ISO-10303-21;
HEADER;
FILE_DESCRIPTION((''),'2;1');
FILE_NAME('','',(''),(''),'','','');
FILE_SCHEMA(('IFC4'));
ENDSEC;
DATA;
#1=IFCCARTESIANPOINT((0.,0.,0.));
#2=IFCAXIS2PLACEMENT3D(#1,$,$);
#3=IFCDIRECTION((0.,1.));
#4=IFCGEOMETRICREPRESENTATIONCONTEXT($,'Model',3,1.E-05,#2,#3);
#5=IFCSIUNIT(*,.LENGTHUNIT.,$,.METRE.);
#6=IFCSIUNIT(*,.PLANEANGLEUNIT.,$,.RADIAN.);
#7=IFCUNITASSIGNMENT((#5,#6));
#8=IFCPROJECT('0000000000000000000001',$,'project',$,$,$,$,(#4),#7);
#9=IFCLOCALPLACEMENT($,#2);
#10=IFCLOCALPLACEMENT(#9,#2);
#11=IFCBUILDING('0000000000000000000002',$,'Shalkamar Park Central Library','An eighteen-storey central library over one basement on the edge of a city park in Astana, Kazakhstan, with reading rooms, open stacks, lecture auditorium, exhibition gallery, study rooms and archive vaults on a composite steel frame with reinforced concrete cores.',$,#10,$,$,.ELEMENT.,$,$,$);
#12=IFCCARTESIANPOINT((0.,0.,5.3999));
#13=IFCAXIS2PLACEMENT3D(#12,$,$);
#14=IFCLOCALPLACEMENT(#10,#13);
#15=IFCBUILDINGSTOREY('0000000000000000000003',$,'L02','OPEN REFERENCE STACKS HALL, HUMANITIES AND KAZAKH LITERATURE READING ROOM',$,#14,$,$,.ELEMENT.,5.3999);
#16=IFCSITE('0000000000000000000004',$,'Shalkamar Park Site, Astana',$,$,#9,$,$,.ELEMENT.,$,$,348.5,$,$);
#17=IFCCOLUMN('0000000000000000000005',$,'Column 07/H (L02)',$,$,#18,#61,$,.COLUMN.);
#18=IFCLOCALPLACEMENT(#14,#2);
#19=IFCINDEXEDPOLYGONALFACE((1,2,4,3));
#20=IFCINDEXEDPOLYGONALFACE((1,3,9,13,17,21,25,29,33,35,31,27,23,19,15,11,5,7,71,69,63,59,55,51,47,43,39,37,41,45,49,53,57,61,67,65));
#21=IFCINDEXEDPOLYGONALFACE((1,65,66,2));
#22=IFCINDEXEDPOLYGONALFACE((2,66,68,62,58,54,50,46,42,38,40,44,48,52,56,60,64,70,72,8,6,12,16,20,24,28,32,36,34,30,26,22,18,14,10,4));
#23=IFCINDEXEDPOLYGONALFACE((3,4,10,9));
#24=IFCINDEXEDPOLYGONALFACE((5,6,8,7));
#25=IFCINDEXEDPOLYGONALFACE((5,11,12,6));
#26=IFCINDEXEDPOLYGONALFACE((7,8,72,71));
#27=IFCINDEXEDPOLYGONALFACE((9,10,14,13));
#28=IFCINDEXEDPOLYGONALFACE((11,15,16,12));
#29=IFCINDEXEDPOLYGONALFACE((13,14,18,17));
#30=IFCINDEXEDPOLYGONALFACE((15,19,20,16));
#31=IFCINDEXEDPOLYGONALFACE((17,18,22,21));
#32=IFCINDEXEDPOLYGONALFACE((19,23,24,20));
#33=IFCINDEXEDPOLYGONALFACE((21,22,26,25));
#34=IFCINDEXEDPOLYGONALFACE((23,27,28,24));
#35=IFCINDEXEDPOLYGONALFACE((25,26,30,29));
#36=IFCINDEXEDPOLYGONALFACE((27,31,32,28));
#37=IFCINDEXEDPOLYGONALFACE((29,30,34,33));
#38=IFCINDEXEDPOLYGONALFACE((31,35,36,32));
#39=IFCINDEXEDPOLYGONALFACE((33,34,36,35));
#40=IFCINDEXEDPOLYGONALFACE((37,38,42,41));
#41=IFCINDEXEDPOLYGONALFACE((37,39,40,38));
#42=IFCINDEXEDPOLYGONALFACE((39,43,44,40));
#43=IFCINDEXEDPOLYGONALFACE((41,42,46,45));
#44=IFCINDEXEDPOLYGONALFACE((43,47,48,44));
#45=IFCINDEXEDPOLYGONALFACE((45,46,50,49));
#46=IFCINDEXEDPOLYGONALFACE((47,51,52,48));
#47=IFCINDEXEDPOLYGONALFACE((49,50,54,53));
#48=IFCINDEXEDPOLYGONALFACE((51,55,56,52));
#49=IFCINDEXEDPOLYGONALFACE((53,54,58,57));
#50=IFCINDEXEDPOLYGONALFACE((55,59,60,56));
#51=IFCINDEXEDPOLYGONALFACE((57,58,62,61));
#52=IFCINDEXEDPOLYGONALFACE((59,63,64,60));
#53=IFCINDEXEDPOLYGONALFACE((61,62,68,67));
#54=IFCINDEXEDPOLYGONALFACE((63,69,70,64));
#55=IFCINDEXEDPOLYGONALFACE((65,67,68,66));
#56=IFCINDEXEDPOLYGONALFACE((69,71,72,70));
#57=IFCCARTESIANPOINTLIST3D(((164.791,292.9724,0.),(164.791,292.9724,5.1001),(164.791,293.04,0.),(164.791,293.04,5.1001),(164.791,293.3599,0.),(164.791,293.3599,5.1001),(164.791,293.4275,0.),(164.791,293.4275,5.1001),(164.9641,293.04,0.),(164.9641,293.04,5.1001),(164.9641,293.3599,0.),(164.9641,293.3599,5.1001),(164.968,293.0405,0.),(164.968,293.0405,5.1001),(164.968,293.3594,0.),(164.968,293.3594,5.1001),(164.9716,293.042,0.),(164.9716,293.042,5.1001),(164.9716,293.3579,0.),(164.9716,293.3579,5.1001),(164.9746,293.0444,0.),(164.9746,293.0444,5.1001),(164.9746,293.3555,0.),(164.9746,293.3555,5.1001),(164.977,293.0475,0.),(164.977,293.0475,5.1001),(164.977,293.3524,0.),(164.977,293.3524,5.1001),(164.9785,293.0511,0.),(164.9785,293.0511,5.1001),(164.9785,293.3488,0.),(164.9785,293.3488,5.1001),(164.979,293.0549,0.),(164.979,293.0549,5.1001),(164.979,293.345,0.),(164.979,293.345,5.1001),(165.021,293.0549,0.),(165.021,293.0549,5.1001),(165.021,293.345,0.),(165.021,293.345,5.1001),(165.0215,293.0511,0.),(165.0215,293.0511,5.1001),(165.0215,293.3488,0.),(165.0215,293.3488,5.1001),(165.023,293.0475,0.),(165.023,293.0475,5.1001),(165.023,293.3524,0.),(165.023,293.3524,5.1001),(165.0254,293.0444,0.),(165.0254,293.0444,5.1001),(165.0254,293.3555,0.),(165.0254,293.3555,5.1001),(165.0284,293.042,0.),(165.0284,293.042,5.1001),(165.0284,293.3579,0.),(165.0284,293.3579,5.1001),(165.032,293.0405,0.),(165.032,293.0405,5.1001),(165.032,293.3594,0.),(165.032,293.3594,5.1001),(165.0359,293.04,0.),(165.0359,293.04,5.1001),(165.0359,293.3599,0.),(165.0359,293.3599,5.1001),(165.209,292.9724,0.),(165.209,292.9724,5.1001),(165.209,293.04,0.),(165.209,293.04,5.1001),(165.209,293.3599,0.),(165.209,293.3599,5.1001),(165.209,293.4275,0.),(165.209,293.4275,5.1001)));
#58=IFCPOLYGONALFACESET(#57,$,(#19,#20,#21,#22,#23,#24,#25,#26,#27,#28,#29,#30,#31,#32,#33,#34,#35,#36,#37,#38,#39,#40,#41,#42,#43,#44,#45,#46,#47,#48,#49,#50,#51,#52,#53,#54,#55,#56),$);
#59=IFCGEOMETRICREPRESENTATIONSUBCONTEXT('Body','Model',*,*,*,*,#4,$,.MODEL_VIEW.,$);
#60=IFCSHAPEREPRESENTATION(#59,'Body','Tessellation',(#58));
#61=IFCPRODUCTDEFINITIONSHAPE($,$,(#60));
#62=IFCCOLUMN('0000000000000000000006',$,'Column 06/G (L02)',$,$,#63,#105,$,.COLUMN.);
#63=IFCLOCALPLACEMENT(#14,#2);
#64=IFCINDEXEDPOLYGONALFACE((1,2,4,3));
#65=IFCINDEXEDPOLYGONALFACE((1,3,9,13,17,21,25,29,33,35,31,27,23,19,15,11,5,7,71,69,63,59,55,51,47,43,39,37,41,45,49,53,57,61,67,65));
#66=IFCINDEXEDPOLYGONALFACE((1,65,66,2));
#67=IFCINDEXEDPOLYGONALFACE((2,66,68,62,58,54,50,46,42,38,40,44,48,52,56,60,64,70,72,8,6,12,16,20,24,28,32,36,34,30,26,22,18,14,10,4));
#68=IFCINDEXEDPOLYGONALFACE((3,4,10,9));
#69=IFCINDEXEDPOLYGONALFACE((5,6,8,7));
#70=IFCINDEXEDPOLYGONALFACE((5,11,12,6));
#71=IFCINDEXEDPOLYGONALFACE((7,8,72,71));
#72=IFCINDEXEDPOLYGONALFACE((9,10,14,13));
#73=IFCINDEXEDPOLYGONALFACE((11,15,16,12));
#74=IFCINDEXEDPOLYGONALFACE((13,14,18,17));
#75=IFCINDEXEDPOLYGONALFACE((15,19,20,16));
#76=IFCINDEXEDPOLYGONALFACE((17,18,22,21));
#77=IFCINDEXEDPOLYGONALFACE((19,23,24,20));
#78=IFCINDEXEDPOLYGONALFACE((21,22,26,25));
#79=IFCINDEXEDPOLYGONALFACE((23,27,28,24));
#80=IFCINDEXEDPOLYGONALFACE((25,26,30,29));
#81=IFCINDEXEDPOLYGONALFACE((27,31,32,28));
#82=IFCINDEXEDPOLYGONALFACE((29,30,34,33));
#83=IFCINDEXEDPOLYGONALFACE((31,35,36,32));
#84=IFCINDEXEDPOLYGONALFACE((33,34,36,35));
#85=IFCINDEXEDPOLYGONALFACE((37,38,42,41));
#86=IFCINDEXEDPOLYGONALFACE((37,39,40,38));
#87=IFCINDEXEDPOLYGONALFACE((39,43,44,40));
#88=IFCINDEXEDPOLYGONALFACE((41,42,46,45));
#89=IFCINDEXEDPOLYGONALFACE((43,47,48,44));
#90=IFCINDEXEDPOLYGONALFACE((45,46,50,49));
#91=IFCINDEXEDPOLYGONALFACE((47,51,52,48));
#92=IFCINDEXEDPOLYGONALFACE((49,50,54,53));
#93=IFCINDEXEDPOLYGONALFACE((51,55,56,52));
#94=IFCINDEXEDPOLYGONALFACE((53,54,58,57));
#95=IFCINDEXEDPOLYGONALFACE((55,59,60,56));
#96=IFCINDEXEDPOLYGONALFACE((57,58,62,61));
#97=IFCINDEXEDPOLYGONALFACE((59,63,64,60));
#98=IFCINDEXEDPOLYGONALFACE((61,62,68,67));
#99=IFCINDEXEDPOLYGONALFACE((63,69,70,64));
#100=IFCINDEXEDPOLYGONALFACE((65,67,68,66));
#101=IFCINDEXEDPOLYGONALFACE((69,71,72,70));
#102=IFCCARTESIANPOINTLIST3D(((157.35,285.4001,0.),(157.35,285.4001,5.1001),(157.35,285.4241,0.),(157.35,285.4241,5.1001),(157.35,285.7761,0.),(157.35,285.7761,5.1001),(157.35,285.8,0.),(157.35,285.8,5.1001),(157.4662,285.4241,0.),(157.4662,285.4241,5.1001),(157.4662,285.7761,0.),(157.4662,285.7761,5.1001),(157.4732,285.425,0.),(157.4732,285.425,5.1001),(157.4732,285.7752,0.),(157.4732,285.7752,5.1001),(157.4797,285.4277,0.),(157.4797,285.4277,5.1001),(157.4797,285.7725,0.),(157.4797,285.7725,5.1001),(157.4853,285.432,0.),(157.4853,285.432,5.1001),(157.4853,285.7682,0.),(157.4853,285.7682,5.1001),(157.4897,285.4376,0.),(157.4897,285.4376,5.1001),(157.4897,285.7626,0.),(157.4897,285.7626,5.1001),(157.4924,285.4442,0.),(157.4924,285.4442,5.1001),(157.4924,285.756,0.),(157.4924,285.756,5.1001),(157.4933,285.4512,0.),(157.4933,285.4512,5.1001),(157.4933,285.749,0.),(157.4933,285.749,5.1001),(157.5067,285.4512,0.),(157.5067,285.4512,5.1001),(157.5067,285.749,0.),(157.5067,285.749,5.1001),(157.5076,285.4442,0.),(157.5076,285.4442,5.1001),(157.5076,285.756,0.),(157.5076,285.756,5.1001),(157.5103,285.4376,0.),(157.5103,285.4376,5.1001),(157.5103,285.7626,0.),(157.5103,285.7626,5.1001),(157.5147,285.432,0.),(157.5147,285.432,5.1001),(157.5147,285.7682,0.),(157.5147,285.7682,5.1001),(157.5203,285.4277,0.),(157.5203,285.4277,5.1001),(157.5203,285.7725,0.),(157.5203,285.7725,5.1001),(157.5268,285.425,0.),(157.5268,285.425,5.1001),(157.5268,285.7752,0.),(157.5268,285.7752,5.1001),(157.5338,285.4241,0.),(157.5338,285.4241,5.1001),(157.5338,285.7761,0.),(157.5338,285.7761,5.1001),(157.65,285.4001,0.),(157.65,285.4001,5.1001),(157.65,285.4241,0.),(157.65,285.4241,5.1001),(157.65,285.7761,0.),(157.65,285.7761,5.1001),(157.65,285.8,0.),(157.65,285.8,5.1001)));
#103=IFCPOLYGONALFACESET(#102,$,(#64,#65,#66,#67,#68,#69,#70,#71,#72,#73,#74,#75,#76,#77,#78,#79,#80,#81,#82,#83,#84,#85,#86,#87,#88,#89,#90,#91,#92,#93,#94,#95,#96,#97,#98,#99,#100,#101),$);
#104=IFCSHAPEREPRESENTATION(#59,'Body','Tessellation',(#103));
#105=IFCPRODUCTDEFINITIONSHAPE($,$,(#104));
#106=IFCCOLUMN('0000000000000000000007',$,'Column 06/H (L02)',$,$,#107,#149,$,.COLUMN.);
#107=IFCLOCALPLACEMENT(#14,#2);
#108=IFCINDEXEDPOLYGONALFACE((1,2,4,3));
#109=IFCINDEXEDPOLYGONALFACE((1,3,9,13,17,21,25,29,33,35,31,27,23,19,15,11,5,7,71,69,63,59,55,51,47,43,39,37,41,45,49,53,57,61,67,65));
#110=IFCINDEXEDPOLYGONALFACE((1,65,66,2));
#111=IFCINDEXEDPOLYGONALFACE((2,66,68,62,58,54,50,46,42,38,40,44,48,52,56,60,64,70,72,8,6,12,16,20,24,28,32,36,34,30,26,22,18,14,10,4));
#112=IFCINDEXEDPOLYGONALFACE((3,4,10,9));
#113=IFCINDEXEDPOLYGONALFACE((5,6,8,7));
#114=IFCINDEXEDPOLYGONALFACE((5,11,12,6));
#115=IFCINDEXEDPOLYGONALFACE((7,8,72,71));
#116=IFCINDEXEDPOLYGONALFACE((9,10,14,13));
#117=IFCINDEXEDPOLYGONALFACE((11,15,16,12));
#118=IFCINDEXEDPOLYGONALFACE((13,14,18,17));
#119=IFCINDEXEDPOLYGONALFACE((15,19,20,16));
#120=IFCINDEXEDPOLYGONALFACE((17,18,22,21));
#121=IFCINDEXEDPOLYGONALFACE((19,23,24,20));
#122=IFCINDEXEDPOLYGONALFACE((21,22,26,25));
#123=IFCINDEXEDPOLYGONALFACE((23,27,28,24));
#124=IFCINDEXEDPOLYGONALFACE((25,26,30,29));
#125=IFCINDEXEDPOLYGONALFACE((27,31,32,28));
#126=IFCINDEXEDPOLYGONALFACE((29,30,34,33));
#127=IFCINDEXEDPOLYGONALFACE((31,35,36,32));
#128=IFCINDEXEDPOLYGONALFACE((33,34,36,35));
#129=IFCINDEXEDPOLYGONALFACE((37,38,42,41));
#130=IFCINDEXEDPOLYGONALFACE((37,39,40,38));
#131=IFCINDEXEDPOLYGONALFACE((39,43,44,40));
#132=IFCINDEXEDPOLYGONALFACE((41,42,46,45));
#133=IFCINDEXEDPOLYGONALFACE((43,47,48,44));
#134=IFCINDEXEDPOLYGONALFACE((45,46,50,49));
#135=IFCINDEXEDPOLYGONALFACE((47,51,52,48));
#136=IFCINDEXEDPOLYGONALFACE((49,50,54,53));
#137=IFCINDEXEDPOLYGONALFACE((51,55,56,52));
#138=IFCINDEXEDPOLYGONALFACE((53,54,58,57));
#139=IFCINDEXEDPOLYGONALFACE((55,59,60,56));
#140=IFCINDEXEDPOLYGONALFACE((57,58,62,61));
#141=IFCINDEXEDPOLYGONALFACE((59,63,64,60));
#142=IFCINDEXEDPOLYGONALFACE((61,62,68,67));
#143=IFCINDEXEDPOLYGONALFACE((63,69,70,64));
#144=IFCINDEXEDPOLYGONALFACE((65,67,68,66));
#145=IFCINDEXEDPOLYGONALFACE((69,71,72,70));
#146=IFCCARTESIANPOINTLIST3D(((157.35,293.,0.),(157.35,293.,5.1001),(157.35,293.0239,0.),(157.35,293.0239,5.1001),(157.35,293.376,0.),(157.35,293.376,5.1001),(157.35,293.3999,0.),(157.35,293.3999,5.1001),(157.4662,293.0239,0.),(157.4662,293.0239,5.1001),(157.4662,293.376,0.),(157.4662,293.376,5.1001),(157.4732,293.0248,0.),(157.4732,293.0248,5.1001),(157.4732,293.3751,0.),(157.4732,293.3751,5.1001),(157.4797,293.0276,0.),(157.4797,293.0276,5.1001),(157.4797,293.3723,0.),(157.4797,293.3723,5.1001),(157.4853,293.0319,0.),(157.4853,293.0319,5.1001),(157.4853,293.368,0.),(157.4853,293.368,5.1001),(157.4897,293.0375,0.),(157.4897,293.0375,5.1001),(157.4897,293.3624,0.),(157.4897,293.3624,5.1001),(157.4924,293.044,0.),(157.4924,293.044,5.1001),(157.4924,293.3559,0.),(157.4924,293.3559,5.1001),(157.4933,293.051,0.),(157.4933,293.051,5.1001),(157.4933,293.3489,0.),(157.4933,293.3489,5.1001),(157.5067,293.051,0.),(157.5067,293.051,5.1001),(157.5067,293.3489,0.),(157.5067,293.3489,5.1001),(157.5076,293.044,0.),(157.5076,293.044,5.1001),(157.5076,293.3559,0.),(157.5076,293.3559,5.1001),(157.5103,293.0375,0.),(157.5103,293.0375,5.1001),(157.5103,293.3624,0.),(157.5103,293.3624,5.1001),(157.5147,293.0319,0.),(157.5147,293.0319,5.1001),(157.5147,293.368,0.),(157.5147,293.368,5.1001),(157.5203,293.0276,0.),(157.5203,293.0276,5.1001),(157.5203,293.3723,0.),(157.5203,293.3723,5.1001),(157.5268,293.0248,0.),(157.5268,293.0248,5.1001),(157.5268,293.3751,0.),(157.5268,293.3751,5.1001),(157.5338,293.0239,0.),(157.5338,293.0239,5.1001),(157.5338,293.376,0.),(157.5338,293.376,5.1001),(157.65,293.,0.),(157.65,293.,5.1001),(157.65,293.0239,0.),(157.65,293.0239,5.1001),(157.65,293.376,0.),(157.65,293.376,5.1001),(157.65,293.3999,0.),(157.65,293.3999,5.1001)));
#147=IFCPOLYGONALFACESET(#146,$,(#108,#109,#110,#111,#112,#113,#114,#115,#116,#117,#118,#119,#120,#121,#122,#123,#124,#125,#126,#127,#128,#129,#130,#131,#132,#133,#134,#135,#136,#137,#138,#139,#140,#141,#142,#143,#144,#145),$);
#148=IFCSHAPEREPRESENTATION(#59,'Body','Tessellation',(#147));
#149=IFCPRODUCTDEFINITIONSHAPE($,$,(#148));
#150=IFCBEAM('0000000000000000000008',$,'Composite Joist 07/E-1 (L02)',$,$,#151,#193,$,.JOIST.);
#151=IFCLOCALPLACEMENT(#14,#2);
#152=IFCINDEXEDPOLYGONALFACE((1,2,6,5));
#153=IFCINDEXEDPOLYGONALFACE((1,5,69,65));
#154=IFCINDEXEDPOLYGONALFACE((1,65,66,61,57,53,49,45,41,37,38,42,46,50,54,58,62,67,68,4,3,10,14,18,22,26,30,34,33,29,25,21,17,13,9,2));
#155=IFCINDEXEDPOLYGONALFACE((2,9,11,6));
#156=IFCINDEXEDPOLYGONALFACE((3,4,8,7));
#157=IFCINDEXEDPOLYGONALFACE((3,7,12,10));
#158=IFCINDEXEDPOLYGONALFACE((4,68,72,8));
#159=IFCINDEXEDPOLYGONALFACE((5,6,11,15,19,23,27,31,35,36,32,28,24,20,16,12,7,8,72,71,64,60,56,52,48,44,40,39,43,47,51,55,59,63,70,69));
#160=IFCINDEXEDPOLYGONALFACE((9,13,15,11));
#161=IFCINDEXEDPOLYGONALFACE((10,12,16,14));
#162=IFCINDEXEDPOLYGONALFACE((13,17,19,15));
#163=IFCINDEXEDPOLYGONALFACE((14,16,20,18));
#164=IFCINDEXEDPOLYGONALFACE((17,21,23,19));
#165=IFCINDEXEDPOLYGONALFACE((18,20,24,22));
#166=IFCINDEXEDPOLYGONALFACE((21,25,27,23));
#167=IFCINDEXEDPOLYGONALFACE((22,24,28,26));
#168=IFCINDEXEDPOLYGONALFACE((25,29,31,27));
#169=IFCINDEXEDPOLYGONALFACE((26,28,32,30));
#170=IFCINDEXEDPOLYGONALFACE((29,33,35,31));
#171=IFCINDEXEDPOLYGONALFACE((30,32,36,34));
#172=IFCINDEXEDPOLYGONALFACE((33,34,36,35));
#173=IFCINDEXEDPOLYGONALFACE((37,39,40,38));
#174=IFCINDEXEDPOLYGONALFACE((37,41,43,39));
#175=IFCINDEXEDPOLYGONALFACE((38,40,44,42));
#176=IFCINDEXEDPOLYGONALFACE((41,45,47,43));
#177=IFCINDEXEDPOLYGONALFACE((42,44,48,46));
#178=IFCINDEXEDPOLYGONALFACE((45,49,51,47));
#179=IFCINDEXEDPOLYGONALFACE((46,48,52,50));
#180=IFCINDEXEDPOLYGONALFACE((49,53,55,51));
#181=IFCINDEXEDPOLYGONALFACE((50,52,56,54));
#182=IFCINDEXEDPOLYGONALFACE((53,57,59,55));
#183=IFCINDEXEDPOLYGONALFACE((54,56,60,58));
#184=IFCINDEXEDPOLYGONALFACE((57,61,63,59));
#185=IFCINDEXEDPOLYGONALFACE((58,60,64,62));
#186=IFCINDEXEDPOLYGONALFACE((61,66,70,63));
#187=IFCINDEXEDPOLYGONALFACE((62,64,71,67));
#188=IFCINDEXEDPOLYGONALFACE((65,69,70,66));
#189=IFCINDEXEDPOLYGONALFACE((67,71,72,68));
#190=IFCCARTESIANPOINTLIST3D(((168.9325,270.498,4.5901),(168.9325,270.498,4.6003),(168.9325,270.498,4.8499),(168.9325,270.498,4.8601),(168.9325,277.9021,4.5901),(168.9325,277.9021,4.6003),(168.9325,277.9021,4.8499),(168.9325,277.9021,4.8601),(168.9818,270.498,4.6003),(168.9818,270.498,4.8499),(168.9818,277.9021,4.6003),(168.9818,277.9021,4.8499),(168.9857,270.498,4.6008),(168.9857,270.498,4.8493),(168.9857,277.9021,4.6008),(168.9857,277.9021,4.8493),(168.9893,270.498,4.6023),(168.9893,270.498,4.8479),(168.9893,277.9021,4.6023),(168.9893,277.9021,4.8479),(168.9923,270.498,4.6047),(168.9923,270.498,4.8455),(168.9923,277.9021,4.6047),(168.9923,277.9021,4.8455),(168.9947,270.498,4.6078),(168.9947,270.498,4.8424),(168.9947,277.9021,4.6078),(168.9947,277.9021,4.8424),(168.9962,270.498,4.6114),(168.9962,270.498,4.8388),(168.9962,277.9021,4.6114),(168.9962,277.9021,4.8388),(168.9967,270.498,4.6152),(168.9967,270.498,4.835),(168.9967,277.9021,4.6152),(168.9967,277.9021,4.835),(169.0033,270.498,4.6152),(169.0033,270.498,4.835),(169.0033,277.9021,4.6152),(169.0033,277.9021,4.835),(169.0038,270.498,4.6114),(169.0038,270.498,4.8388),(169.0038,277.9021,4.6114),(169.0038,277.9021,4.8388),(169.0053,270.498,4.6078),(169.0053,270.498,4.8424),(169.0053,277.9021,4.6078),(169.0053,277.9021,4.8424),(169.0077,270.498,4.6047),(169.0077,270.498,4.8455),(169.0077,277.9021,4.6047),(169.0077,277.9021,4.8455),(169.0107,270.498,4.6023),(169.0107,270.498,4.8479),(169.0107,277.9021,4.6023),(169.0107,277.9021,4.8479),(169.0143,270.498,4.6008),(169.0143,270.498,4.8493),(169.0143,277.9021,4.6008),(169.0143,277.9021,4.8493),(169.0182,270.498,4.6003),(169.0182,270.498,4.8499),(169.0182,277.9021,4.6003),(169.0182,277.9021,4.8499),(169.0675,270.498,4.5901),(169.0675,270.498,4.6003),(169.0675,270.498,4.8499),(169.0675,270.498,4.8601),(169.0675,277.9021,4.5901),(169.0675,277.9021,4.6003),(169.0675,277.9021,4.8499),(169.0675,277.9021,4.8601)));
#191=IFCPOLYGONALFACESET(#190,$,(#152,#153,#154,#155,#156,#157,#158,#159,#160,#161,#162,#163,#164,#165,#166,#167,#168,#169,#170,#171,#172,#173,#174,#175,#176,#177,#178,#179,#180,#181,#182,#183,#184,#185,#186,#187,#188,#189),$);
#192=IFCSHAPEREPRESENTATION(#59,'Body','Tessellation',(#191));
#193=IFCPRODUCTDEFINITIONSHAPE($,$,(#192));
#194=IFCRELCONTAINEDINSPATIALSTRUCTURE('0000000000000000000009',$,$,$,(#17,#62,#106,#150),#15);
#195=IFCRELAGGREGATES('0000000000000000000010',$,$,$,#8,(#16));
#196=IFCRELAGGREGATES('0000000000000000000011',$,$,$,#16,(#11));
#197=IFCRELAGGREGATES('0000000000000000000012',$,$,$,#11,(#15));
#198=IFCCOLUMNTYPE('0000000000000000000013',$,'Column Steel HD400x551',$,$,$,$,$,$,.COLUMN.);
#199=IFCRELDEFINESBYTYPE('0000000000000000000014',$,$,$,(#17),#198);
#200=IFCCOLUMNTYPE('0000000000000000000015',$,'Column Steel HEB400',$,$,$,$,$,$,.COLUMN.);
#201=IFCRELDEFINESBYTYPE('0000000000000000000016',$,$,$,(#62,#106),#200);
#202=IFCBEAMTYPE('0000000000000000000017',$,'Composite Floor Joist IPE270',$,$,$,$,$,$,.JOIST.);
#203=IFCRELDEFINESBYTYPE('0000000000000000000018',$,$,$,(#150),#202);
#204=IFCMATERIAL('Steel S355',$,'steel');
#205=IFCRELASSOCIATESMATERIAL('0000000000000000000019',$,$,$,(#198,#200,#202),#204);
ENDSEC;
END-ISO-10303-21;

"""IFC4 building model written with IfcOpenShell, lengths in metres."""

from ifc_helpers import new_model, si_unit, direction, frame, origin, origin_2d, place, context, subcontext, project, spatial, i_section, extrude, material, material_profile, profile_set, type_object, element, save


model = new_model("IFC4")

# Units and contexts
model_context = context("Model", 3, precision=1e-05, world=origin(), true_north=direction((0.0, 1.0)))
body_context = subcontext(model_context, "Body", "Model", "MODEL_VIEW")
ifc_project = project(units=[si_unit("LENGTHUNIT", "METRE"), si_unit("PLANEANGLEUNIT", "RADIAN")], contexts=[model_context])

# Site, building, storey
site_placement = place(None, origin())
site = spatial("IfcSite", under=ifc_project, at=site_placement, Name="Shalkamar Park Site, Astana", CompositionType="ELEMENT", RefElevation=348.5)
building_placement = place(site_placement, origin())
building = spatial("IfcBuilding", under=site, at=building_placement, Name="Shalkamar Park Central Library", Description="An eighteen-storey central library over one basement on the edge of a city park in Astana, Kazakhstan, with reading rooms, open stacks, lecture auditorium, exhibition gallery, study rooms and archive vaults on a composite steel frame with reinforced concrete cores.", CompositionType="ELEMENT")
storey_placement = place(building_placement, frame((0.0, 0.0, 5.3999)))
storey = spatial("IfcBuildingStorey", under=building, at=storey_placement, Name="L02", Description="OPEN REFERENCE STACKS HALL, HUMANITIES AND KAZAKH LITERATURE READING ROOM", CompositionType="ELEMENT", Elevation=5.3999)

# Columns
ifc_material = material(Name="Steel S355", Category="steel")
ifc_material_profile_1 = material_profile(ifc_material, i_section(OverallWidth=0.418, OverallDepth=0.4551, WebThickness=0.042, FlangeThickness=0.0676, FilletRadius=0.0149, at=origin_2d()), Name="HD 400x551")
ifc_profile_set_1 = profile_set([ifc_material_profile_1], Name="Steel S355")
column_type_1 = type_object("IfcColumnType", Name="Column Steel HD400x551", PredefinedType="COLUMN", material=ifc_profile_set_1)
for number, where, z_axis, x_axis, name in (
    (1, (165.0, 293.2, 0.0), (0.0, 0.0, 1.0), (1.0, 0.0, 0.0), "Column 07/H (L02)"),
):
    element("IfcColumn", number, at=place(storey_placement, frame(where, z_axis=z_axis, x_axis=x_axis)), inside=storey, type_object=column_type_1, Name=name, PredefinedType="COLUMN", context=body_context, shape_type="SweptSolid", body=[
        extrude(i_section(OverallWidth=0.418, OverallDepth=0.4551, WebThickness=0.042, FlangeThickness=0.0676, FilletRadius=0.0149, at=origin_2d()), origin(), (0.0, 0.0, 1.0), 5.1001),
    ])
ifc_material_profile_2 = material_profile(ifc_material, i_section(OverallWidth=0.3, OverallDepth=0.3999, WebThickness=0.0134, FlangeThickness=0.0239, FilletRadius=0.0271, at=origin_2d()), Name="HEB 400")
ifc_profile_set_2 = profile_set([ifc_material_profile_2], Name="Steel S355")
column_type_2 = type_object("IfcColumnType", Name="Column Steel HEB400", PredefinedType="COLUMN", material=ifc_profile_set_2)
for number, where, z_axis, x_axis, name in (
    (2, (157.5, 285.6001, 0.0), (0.0, 0.0, 1.0), (1.0, 0.0, 0.0), "Column 06/G (L02)"),
    (3, (157.5, 293.2, 0.0), (0.0, 0.0, 1.0), (1.0, 0.0, 0.0), "Column 06/H (L02)"),
):
    element("IfcColumn", number, at=place(storey_placement, frame(where, z_axis=z_axis, x_axis=x_axis)), inside=storey, type_object=column_type_2, Name=name, PredefinedType="COLUMN", context=body_context, shape_type="SweptSolid", body=[
        extrude(i_section(OverallWidth=0.3, OverallDepth=0.3999, WebThickness=0.0134, FlangeThickness=0.0239, FilletRadius=0.0271, at=origin_2d()), origin(), (0.0, 0.0, 1.0), 5.1001),
    ])

# Beam
ifc_material_profile_3 = material_profile(ifc_material, i_section(OverallWidth=0.135, OverallDepth=0.27, WebThickness=0.0066, FlangeThickness=0.0103, FilletRadius=0.0149, at=origin_2d()), Name="IPE 270")
ifc_profile_set_3 = profile_set([ifc_material_profile_3], Name="Steel S355")
beam_type_1 = type_object("IfcBeamType", Name="Composite Floor Joist IPE270", PredefinedType="JOIST", material=ifc_profile_set_3)
for number, where, z_axis, x_axis, name in (
    (4, (169.0, 270.498, 4.7251), (0.0, 1.0, 0.0), (-1.0, 0.0, 0.0), "Composite Joist 07/E-1 (L02)"),
):
    element("IfcBeam", number, at=place(storey_placement, frame(where, z_axis=z_axis, x_axis=x_axis)), inside=storey, type_object=beam_type_1, Name=name, PredefinedType="JOIST", context=body_context, shape_type="SweptSolid", body=[
        extrude(i_section(OverallWidth=0.135, OverallDepth=0.27, WebThickness=0.0066, FlangeThickness=0.0103, FilletRadius=0.0149, at=origin_2d()), origin(), (0.0, 0.0, 1.0), 7.4041),
    ])

save(model, "model.ifc")
